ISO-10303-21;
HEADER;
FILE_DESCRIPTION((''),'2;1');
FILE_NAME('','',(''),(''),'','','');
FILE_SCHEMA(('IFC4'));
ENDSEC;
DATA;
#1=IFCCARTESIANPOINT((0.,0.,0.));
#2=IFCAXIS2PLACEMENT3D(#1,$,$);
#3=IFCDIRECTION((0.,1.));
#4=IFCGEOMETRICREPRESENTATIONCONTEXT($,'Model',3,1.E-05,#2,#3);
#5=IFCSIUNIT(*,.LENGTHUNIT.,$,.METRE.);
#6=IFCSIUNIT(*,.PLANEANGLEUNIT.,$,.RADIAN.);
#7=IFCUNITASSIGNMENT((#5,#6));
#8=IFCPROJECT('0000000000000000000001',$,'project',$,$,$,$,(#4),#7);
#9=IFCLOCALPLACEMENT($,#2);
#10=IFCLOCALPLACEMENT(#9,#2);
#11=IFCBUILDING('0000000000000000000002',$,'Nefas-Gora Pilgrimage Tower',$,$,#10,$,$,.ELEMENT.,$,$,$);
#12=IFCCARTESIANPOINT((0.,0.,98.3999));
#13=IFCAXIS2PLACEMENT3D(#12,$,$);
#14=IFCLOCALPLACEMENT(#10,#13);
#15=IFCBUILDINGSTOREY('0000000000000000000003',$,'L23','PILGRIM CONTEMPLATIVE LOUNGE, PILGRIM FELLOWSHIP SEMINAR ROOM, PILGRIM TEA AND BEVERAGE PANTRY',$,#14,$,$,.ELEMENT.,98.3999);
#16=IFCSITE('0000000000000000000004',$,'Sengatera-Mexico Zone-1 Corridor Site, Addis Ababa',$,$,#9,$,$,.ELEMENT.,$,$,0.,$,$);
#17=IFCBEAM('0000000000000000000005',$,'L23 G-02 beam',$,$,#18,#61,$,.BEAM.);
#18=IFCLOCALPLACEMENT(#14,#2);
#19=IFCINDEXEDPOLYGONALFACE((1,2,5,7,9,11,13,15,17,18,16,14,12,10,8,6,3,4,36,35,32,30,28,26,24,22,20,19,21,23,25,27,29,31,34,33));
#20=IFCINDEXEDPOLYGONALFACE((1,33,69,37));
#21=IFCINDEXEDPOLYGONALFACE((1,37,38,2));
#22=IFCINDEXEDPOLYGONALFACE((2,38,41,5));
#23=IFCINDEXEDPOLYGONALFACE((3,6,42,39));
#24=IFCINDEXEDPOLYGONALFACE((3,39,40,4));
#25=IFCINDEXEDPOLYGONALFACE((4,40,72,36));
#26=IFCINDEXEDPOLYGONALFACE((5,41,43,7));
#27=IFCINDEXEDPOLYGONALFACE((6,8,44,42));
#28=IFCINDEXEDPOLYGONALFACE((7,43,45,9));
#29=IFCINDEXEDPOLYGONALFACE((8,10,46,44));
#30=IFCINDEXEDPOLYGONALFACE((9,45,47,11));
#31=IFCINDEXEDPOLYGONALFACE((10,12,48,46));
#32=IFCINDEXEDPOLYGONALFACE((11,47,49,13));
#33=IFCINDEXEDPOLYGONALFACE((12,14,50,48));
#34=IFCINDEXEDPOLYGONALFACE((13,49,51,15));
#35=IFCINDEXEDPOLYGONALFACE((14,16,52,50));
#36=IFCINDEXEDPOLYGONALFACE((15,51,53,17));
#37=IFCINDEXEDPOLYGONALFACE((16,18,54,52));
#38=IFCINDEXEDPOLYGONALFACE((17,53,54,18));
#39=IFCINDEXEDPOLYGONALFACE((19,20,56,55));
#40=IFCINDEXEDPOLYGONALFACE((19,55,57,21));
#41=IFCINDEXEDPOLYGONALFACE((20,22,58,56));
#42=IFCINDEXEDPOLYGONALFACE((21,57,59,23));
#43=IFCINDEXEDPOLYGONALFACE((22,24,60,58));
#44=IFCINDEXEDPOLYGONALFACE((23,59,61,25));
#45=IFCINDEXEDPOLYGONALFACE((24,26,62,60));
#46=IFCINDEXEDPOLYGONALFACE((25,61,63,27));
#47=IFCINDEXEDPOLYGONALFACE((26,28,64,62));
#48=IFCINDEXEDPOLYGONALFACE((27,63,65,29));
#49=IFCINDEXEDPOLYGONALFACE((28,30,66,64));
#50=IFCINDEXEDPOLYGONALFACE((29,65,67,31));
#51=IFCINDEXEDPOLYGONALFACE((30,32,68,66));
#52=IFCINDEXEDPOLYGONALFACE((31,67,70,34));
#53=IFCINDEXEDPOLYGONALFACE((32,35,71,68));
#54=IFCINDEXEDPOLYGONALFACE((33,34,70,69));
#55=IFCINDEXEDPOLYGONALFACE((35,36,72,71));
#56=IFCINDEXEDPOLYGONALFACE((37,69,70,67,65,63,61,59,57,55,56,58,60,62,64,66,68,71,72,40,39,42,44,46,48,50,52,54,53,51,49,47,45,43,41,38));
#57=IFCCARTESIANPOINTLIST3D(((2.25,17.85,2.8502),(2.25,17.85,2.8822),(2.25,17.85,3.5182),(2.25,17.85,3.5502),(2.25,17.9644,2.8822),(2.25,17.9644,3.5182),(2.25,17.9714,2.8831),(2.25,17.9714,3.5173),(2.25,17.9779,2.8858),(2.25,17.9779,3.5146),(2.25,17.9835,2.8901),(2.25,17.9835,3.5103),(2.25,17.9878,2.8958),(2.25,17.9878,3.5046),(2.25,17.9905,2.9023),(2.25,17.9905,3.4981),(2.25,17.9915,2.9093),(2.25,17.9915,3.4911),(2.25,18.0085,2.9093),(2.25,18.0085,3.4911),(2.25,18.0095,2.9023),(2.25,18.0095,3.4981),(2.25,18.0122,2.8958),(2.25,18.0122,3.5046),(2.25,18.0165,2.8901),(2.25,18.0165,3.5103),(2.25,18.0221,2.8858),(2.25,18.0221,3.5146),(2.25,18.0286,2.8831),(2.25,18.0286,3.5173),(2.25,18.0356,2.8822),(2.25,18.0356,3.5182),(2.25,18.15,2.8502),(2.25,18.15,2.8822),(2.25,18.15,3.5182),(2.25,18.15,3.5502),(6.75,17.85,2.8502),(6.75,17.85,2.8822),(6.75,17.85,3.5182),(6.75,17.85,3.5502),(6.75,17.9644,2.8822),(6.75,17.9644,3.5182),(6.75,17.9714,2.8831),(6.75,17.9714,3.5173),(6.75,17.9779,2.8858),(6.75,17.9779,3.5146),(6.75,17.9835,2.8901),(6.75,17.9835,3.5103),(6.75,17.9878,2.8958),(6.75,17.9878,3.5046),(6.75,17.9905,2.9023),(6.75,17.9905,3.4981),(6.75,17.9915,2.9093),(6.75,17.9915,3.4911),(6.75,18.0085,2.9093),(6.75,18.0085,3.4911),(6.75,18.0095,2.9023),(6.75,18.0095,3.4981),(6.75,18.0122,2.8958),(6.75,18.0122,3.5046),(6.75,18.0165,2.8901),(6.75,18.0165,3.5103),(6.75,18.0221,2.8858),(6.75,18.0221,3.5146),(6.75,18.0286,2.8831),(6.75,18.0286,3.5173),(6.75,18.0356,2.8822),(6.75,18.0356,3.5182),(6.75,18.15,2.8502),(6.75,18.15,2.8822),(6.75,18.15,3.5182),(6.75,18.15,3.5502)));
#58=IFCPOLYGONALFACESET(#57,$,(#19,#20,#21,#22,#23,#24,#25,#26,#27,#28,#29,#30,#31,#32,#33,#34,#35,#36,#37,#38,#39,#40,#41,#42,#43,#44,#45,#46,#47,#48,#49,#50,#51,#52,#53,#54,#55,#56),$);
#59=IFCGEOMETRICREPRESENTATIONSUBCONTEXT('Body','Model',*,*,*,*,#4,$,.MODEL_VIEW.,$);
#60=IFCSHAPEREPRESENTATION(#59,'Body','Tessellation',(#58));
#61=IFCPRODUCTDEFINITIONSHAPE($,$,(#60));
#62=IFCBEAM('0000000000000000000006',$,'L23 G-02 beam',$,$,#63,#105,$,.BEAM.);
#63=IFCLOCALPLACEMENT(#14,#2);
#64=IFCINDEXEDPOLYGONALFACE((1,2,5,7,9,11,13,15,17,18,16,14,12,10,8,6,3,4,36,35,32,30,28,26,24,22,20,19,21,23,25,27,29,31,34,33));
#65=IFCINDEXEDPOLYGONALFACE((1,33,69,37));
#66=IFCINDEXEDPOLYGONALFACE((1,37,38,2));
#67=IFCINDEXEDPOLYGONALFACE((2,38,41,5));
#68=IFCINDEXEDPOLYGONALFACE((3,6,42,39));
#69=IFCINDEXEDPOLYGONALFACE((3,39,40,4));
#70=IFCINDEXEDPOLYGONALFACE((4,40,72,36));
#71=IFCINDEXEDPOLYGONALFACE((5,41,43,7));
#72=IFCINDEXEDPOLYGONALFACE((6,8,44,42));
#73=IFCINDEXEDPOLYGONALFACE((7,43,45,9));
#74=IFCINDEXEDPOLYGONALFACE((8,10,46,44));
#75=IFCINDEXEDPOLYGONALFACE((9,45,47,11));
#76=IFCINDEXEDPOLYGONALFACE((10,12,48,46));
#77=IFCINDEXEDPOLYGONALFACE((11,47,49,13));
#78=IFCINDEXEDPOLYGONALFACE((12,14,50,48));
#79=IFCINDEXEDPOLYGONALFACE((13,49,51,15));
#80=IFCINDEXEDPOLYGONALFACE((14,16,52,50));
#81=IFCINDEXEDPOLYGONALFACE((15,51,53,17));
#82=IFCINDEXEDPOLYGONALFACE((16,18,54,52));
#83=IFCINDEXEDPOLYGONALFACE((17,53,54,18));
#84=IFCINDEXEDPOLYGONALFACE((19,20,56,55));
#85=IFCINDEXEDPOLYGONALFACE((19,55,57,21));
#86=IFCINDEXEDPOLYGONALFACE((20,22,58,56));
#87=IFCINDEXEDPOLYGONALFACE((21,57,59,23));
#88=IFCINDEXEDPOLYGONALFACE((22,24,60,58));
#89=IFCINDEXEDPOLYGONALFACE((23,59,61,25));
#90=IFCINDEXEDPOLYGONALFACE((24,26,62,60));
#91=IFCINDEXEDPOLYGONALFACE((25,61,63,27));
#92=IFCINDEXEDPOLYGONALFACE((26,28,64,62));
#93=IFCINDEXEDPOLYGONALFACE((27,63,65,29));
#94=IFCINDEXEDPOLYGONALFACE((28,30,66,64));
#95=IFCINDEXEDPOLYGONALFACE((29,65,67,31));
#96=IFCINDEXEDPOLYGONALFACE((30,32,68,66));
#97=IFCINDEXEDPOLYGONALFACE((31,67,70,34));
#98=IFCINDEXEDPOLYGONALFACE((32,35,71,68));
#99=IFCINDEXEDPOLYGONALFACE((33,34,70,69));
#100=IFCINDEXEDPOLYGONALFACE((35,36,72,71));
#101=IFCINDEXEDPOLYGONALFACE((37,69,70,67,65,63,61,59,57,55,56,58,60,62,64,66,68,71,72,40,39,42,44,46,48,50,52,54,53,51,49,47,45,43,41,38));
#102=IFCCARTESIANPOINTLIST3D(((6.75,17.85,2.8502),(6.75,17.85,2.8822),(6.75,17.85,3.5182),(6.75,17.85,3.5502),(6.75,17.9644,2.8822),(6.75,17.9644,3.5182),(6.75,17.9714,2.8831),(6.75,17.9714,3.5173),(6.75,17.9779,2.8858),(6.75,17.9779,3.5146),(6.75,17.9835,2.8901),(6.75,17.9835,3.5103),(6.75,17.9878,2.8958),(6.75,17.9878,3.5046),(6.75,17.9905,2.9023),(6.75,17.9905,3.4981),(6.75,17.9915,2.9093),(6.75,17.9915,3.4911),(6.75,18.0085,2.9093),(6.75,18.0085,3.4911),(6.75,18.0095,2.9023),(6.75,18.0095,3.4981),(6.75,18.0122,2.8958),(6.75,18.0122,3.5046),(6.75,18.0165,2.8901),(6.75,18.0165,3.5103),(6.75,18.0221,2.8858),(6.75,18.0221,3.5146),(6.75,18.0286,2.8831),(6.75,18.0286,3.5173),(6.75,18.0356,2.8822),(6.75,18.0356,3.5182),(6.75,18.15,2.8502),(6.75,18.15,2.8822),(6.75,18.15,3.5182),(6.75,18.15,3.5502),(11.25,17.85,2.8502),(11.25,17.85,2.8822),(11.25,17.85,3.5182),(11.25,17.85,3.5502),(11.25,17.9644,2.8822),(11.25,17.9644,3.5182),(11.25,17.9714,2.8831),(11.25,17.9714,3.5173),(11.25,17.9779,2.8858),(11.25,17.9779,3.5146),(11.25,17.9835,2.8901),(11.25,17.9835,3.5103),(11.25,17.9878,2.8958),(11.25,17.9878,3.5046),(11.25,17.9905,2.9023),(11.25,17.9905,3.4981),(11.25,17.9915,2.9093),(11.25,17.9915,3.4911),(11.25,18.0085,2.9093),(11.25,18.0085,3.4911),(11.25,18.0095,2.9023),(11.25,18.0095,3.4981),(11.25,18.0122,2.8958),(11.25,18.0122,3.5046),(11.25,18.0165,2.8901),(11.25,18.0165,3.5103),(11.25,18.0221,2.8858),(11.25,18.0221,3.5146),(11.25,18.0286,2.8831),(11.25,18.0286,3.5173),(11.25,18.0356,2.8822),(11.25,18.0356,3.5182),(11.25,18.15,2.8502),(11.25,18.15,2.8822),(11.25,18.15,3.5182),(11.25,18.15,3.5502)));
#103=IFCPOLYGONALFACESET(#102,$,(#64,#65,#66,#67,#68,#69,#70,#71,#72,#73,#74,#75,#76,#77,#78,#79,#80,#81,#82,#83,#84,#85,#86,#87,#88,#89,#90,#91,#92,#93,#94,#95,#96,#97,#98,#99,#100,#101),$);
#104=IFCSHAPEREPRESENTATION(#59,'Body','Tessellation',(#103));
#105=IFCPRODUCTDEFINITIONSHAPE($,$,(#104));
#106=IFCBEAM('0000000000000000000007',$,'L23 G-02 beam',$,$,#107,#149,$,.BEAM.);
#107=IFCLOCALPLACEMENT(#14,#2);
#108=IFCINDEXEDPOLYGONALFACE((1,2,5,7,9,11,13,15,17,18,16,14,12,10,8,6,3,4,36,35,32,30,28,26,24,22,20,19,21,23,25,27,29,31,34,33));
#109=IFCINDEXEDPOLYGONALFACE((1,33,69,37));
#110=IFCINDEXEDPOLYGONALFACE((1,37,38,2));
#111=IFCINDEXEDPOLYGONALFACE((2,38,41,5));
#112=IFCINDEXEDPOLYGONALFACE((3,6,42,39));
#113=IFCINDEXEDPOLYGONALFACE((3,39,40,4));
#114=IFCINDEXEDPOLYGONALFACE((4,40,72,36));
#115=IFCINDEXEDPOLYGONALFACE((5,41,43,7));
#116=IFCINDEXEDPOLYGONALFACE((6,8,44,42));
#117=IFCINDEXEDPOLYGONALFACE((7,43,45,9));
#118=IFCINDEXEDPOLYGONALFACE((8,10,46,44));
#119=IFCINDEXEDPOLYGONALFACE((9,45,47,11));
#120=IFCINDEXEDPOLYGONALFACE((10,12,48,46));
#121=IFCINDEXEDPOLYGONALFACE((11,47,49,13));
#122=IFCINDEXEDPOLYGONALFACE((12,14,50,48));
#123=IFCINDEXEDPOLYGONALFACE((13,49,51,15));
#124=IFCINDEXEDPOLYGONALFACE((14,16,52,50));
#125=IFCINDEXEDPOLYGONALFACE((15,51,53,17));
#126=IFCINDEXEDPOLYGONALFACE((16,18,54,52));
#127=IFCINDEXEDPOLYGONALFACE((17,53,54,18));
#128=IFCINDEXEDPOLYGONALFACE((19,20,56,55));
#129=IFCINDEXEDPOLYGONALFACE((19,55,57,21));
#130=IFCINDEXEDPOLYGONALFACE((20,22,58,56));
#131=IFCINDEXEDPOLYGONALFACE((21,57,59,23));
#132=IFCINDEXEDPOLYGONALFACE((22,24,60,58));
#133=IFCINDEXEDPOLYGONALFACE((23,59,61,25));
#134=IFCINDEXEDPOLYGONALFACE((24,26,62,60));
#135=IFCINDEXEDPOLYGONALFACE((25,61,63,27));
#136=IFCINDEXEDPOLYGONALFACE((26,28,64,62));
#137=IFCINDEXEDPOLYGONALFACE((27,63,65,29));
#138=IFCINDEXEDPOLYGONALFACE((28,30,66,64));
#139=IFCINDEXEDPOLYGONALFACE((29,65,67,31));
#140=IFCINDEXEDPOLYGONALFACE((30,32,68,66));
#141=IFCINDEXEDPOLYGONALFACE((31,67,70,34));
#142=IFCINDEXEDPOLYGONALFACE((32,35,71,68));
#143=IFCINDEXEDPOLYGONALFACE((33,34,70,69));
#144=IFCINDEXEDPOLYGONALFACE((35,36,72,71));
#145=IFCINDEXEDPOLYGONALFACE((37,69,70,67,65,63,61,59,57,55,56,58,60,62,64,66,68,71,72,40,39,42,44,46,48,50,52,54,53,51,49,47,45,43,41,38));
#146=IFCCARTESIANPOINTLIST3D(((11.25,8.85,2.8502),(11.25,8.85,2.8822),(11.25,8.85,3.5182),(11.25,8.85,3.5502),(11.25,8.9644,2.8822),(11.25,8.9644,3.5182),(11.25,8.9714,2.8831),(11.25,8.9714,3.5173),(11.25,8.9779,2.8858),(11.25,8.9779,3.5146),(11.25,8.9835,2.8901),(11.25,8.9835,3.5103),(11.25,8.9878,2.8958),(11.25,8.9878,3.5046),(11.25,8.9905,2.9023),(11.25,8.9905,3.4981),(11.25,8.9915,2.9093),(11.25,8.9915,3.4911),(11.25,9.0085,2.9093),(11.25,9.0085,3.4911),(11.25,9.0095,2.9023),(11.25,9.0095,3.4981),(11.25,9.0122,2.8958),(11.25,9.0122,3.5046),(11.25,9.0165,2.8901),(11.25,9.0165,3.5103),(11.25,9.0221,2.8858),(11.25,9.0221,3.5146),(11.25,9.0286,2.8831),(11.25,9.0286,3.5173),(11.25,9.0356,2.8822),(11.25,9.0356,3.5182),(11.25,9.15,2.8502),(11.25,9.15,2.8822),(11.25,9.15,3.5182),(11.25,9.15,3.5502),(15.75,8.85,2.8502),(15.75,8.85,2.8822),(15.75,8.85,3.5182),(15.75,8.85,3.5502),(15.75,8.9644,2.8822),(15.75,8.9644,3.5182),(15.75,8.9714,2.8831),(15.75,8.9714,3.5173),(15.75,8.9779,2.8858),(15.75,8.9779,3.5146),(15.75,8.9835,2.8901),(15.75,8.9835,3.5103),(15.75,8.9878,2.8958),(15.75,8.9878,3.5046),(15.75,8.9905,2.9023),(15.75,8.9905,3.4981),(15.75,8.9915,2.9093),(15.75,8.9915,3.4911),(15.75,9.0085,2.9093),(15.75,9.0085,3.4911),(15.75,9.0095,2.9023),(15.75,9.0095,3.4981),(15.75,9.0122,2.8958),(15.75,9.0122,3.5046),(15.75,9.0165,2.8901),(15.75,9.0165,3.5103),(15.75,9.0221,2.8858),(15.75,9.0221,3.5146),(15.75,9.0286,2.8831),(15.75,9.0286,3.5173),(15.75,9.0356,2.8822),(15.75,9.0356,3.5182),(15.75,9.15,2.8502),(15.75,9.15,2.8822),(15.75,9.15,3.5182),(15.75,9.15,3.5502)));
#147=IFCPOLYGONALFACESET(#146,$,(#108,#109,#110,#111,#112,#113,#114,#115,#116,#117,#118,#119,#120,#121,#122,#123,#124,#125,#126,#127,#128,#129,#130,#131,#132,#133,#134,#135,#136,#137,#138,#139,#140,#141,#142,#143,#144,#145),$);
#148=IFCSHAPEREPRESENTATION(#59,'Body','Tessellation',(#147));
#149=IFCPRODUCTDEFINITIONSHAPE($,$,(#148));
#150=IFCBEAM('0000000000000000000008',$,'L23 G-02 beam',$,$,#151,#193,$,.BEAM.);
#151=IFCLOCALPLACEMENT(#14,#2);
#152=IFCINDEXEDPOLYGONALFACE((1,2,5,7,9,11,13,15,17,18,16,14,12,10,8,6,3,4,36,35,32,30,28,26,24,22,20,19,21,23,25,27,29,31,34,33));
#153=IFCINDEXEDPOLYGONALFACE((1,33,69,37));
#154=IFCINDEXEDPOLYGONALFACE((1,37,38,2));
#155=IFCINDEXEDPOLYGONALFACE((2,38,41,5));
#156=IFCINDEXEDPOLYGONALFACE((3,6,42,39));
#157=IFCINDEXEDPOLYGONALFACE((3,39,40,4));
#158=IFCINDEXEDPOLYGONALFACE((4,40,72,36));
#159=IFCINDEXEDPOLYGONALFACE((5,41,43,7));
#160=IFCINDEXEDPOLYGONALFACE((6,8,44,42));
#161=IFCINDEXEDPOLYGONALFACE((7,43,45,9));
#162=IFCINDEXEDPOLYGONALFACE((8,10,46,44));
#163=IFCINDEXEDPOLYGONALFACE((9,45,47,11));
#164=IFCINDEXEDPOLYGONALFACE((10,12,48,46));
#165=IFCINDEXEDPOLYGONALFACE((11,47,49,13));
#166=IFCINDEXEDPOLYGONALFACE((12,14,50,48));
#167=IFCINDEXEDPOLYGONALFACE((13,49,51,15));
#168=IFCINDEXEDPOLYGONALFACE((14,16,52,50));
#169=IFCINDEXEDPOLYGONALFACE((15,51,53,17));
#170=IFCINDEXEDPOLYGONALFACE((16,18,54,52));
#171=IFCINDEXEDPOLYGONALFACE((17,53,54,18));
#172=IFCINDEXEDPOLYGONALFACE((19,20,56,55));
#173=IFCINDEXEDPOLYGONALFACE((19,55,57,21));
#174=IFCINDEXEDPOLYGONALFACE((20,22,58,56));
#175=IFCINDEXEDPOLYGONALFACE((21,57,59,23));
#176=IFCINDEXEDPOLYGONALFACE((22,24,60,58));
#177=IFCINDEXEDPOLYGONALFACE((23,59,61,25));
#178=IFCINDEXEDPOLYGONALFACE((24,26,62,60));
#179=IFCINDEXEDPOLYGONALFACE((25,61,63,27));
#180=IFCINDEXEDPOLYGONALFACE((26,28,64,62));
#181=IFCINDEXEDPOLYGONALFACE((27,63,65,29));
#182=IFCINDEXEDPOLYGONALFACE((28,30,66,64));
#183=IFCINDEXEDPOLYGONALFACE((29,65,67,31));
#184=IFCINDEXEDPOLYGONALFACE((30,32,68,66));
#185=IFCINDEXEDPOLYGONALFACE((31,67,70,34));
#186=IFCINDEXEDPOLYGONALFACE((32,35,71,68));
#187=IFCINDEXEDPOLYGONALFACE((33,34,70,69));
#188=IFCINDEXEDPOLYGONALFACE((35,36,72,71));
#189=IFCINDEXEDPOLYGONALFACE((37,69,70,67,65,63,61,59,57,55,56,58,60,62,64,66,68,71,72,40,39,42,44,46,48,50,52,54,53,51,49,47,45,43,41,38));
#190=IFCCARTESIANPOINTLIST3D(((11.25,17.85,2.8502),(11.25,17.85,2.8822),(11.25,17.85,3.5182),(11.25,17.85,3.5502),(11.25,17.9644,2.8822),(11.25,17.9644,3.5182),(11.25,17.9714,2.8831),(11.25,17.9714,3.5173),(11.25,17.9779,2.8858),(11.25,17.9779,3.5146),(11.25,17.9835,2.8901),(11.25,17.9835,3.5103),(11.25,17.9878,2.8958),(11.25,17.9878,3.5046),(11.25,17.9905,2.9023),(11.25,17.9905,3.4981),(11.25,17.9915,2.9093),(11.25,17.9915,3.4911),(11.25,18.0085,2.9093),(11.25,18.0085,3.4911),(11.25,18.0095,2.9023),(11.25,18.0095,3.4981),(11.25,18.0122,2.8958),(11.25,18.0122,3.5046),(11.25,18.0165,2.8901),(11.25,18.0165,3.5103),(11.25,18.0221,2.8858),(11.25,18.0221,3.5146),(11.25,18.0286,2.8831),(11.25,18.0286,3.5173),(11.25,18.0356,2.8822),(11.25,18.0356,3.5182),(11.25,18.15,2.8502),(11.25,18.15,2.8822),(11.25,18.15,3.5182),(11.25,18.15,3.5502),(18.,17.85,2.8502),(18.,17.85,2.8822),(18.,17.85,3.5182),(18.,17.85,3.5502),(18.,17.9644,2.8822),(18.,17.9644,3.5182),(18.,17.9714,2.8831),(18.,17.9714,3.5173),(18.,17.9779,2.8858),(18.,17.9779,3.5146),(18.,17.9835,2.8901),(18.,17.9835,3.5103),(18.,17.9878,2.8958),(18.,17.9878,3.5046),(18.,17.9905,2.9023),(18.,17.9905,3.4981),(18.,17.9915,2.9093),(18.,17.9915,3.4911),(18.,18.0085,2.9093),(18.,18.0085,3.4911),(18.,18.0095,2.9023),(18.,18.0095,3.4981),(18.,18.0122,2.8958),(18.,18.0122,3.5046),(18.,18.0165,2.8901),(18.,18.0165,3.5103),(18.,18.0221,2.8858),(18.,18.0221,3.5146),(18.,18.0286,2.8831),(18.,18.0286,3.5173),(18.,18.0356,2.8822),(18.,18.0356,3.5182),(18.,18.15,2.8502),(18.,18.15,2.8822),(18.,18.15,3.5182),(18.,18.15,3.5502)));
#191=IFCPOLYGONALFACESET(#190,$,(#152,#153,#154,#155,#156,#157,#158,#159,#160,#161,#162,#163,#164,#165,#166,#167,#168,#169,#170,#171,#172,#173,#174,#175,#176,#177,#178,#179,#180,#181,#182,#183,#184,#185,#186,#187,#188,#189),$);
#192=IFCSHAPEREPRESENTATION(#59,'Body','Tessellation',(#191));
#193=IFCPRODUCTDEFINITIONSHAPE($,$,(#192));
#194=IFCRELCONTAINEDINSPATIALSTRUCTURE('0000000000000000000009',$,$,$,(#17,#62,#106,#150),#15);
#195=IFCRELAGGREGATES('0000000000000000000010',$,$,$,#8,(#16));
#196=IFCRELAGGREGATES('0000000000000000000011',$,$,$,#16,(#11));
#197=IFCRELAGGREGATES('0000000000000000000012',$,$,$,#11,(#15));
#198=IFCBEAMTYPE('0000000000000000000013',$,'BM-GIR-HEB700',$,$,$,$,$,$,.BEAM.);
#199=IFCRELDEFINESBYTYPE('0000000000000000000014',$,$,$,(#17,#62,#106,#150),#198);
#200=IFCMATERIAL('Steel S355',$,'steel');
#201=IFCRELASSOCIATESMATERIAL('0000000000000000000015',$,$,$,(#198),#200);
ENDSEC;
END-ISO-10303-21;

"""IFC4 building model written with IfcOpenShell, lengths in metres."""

from ifc_helpers import new_model, si_unit, direction, frame, origin, origin_2d, place, context, subcontext, project, spatial, i_section, extrude, source, transform, mapped, material, material_profile, profile_set, type_object, element, save


model = new_model("IFC4")

# Units and contexts
model_context = context("Model", 3, precision=1e-05, world=origin(), true_north=direction((0.0, 1.0)))
body_context = subcontext(model_context, "Body", "Model", "MODEL_VIEW")
ifc_project = project(units=[si_unit("LENGTHUNIT", "METRE"), si_unit("PLANEANGLEUNIT", "RADIAN")], contexts=[model_context])

# Site, building, storey
site_placement = place(None, origin())
site = spatial("IfcSite", under=ifc_project, at=site_placement, Name="Sengatera-Mexico Zone-1 Corridor Site, Addis Ababa", CompositionType="ELEMENT", RefElevation=0.0)
building_placement = place(site_placement, origin())
building = spatial("IfcBuilding", under=site, at=building_placement, Name="Nefas-Gora Pilgrimage Tower", CompositionType="ELEMENT")
storey_placement = place(building_placement, frame((0.0, 0.0, 98.3999)))
storey = spatial("IfcBuildingStorey", under=building, at=storey_placement, Name="L23", Description="PILGRIM CONTEMPLATIVE LOUNGE, PILGRIM FELLOWSHIP SEMINAR ROOM, PILGRIM TEA AND BEVERAGE PANTRY", CompositionType="ELEMENT", Elevation=98.3999)

# Beams
ifc_material_1 = material(Name="Steel S355", Category="steel")
ifc_material_profile_1 = material_profile(ifc_material_1, i_section(OverallWidth=0.3, OverallDepth=0.7, WebThickness=0.0171, FlangeThickness=0.032, FilletRadius=0.0271, at=origin_2d()), Name="HEB 700")
ifc_profile_set_1 = profile_set([ifc_material_profile_1], Name="Steel S355")
beam_type_1 = type_object("IfcBeamType", Name="BM-GIR-HEB700", PredefinedType="BEAM", material=ifc_profile_set_1)
shared_shape_1 = source(origin(), body_context, "Body", "SweptSolid", [
    extrude(i_section(OverallWidth=0.3, OverallDepth=0.7, WebThickness=0.0171, FlangeThickness=0.032, FilletRadius=0.0271, at=origin_2d()), origin(), (0.0, 0.0, 1.0), 4.5),
])
for number, where, z_axis, x_axis, name in (
    (1, (2.25, 18.0, 3.2002), (1.0, 0.0, 0.0), (0.0, 1.0, 0.0), "L23 G-02 beam"),
    (2, (6.75, 18.0, 3.2002), (1.0, 0.0, 0.0), (0.0, 1.0, 0.0), "L23 G-02 beam"),
    (3, (11.25, 9.0, 3.2002), (1.0, 0.0, 0.0), (0.0, 1.0, 0.0), "L23 G-02 beam"),
):
    element("IfcBeam", number, at=place(storey_placement, frame(where, z_axis=z_axis, x_axis=x_axis)), inside=storey, type_object=beam_type_1, Name=name, PredefinedType="BEAM", context=body_context, shape_type="MappedRepresentation", body=[
        mapped(shared_shape_1, transform((0.0, 0.0, 0.0), x_axis=(1.0, 0.0, 0.0), y_axis=(0.0, 1.0, 0.0), z_axis=(0.0, 0.0, 1.0), scale=1.0)),
    ])
shared_shape_2 = source(origin(), body_context, "Body", "SweptSolid", [
    extrude(i_section(OverallWidth=0.3, OverallDepth=0.7, WebThickness=0.0171, FlangeThickness=0.032, FilletRadius=0.0271, at=origin_2d()), origin(), (0.0, 0.0, 1.0), 6.75),
])
beam_1_placement = place(storey_placement, frame((11.25, 18.0, 3.2002), z_axis=(1.0, 0.0, 0.0), x_axis=(0.0, 1.0, 0.0)))
element("IfcBeam", 4, at=beam_1_placement, inside=storey, type_object=beam_type_1, Name="L23 G-02 beam", PredefinedType="BEAM", context=body_context, shape_type="MappedRepresentation", body=[
    mapped(shared_shape_2, transform((0.0, 0.0, 0.0), x_axis=(1.0, 0.0, 0.0), y_axis=(0.0, 1.0, 0.0), z_axis=(0.0, 0.0, 1.0), scale=1.0)),
])

save(model, "model.ifc")
